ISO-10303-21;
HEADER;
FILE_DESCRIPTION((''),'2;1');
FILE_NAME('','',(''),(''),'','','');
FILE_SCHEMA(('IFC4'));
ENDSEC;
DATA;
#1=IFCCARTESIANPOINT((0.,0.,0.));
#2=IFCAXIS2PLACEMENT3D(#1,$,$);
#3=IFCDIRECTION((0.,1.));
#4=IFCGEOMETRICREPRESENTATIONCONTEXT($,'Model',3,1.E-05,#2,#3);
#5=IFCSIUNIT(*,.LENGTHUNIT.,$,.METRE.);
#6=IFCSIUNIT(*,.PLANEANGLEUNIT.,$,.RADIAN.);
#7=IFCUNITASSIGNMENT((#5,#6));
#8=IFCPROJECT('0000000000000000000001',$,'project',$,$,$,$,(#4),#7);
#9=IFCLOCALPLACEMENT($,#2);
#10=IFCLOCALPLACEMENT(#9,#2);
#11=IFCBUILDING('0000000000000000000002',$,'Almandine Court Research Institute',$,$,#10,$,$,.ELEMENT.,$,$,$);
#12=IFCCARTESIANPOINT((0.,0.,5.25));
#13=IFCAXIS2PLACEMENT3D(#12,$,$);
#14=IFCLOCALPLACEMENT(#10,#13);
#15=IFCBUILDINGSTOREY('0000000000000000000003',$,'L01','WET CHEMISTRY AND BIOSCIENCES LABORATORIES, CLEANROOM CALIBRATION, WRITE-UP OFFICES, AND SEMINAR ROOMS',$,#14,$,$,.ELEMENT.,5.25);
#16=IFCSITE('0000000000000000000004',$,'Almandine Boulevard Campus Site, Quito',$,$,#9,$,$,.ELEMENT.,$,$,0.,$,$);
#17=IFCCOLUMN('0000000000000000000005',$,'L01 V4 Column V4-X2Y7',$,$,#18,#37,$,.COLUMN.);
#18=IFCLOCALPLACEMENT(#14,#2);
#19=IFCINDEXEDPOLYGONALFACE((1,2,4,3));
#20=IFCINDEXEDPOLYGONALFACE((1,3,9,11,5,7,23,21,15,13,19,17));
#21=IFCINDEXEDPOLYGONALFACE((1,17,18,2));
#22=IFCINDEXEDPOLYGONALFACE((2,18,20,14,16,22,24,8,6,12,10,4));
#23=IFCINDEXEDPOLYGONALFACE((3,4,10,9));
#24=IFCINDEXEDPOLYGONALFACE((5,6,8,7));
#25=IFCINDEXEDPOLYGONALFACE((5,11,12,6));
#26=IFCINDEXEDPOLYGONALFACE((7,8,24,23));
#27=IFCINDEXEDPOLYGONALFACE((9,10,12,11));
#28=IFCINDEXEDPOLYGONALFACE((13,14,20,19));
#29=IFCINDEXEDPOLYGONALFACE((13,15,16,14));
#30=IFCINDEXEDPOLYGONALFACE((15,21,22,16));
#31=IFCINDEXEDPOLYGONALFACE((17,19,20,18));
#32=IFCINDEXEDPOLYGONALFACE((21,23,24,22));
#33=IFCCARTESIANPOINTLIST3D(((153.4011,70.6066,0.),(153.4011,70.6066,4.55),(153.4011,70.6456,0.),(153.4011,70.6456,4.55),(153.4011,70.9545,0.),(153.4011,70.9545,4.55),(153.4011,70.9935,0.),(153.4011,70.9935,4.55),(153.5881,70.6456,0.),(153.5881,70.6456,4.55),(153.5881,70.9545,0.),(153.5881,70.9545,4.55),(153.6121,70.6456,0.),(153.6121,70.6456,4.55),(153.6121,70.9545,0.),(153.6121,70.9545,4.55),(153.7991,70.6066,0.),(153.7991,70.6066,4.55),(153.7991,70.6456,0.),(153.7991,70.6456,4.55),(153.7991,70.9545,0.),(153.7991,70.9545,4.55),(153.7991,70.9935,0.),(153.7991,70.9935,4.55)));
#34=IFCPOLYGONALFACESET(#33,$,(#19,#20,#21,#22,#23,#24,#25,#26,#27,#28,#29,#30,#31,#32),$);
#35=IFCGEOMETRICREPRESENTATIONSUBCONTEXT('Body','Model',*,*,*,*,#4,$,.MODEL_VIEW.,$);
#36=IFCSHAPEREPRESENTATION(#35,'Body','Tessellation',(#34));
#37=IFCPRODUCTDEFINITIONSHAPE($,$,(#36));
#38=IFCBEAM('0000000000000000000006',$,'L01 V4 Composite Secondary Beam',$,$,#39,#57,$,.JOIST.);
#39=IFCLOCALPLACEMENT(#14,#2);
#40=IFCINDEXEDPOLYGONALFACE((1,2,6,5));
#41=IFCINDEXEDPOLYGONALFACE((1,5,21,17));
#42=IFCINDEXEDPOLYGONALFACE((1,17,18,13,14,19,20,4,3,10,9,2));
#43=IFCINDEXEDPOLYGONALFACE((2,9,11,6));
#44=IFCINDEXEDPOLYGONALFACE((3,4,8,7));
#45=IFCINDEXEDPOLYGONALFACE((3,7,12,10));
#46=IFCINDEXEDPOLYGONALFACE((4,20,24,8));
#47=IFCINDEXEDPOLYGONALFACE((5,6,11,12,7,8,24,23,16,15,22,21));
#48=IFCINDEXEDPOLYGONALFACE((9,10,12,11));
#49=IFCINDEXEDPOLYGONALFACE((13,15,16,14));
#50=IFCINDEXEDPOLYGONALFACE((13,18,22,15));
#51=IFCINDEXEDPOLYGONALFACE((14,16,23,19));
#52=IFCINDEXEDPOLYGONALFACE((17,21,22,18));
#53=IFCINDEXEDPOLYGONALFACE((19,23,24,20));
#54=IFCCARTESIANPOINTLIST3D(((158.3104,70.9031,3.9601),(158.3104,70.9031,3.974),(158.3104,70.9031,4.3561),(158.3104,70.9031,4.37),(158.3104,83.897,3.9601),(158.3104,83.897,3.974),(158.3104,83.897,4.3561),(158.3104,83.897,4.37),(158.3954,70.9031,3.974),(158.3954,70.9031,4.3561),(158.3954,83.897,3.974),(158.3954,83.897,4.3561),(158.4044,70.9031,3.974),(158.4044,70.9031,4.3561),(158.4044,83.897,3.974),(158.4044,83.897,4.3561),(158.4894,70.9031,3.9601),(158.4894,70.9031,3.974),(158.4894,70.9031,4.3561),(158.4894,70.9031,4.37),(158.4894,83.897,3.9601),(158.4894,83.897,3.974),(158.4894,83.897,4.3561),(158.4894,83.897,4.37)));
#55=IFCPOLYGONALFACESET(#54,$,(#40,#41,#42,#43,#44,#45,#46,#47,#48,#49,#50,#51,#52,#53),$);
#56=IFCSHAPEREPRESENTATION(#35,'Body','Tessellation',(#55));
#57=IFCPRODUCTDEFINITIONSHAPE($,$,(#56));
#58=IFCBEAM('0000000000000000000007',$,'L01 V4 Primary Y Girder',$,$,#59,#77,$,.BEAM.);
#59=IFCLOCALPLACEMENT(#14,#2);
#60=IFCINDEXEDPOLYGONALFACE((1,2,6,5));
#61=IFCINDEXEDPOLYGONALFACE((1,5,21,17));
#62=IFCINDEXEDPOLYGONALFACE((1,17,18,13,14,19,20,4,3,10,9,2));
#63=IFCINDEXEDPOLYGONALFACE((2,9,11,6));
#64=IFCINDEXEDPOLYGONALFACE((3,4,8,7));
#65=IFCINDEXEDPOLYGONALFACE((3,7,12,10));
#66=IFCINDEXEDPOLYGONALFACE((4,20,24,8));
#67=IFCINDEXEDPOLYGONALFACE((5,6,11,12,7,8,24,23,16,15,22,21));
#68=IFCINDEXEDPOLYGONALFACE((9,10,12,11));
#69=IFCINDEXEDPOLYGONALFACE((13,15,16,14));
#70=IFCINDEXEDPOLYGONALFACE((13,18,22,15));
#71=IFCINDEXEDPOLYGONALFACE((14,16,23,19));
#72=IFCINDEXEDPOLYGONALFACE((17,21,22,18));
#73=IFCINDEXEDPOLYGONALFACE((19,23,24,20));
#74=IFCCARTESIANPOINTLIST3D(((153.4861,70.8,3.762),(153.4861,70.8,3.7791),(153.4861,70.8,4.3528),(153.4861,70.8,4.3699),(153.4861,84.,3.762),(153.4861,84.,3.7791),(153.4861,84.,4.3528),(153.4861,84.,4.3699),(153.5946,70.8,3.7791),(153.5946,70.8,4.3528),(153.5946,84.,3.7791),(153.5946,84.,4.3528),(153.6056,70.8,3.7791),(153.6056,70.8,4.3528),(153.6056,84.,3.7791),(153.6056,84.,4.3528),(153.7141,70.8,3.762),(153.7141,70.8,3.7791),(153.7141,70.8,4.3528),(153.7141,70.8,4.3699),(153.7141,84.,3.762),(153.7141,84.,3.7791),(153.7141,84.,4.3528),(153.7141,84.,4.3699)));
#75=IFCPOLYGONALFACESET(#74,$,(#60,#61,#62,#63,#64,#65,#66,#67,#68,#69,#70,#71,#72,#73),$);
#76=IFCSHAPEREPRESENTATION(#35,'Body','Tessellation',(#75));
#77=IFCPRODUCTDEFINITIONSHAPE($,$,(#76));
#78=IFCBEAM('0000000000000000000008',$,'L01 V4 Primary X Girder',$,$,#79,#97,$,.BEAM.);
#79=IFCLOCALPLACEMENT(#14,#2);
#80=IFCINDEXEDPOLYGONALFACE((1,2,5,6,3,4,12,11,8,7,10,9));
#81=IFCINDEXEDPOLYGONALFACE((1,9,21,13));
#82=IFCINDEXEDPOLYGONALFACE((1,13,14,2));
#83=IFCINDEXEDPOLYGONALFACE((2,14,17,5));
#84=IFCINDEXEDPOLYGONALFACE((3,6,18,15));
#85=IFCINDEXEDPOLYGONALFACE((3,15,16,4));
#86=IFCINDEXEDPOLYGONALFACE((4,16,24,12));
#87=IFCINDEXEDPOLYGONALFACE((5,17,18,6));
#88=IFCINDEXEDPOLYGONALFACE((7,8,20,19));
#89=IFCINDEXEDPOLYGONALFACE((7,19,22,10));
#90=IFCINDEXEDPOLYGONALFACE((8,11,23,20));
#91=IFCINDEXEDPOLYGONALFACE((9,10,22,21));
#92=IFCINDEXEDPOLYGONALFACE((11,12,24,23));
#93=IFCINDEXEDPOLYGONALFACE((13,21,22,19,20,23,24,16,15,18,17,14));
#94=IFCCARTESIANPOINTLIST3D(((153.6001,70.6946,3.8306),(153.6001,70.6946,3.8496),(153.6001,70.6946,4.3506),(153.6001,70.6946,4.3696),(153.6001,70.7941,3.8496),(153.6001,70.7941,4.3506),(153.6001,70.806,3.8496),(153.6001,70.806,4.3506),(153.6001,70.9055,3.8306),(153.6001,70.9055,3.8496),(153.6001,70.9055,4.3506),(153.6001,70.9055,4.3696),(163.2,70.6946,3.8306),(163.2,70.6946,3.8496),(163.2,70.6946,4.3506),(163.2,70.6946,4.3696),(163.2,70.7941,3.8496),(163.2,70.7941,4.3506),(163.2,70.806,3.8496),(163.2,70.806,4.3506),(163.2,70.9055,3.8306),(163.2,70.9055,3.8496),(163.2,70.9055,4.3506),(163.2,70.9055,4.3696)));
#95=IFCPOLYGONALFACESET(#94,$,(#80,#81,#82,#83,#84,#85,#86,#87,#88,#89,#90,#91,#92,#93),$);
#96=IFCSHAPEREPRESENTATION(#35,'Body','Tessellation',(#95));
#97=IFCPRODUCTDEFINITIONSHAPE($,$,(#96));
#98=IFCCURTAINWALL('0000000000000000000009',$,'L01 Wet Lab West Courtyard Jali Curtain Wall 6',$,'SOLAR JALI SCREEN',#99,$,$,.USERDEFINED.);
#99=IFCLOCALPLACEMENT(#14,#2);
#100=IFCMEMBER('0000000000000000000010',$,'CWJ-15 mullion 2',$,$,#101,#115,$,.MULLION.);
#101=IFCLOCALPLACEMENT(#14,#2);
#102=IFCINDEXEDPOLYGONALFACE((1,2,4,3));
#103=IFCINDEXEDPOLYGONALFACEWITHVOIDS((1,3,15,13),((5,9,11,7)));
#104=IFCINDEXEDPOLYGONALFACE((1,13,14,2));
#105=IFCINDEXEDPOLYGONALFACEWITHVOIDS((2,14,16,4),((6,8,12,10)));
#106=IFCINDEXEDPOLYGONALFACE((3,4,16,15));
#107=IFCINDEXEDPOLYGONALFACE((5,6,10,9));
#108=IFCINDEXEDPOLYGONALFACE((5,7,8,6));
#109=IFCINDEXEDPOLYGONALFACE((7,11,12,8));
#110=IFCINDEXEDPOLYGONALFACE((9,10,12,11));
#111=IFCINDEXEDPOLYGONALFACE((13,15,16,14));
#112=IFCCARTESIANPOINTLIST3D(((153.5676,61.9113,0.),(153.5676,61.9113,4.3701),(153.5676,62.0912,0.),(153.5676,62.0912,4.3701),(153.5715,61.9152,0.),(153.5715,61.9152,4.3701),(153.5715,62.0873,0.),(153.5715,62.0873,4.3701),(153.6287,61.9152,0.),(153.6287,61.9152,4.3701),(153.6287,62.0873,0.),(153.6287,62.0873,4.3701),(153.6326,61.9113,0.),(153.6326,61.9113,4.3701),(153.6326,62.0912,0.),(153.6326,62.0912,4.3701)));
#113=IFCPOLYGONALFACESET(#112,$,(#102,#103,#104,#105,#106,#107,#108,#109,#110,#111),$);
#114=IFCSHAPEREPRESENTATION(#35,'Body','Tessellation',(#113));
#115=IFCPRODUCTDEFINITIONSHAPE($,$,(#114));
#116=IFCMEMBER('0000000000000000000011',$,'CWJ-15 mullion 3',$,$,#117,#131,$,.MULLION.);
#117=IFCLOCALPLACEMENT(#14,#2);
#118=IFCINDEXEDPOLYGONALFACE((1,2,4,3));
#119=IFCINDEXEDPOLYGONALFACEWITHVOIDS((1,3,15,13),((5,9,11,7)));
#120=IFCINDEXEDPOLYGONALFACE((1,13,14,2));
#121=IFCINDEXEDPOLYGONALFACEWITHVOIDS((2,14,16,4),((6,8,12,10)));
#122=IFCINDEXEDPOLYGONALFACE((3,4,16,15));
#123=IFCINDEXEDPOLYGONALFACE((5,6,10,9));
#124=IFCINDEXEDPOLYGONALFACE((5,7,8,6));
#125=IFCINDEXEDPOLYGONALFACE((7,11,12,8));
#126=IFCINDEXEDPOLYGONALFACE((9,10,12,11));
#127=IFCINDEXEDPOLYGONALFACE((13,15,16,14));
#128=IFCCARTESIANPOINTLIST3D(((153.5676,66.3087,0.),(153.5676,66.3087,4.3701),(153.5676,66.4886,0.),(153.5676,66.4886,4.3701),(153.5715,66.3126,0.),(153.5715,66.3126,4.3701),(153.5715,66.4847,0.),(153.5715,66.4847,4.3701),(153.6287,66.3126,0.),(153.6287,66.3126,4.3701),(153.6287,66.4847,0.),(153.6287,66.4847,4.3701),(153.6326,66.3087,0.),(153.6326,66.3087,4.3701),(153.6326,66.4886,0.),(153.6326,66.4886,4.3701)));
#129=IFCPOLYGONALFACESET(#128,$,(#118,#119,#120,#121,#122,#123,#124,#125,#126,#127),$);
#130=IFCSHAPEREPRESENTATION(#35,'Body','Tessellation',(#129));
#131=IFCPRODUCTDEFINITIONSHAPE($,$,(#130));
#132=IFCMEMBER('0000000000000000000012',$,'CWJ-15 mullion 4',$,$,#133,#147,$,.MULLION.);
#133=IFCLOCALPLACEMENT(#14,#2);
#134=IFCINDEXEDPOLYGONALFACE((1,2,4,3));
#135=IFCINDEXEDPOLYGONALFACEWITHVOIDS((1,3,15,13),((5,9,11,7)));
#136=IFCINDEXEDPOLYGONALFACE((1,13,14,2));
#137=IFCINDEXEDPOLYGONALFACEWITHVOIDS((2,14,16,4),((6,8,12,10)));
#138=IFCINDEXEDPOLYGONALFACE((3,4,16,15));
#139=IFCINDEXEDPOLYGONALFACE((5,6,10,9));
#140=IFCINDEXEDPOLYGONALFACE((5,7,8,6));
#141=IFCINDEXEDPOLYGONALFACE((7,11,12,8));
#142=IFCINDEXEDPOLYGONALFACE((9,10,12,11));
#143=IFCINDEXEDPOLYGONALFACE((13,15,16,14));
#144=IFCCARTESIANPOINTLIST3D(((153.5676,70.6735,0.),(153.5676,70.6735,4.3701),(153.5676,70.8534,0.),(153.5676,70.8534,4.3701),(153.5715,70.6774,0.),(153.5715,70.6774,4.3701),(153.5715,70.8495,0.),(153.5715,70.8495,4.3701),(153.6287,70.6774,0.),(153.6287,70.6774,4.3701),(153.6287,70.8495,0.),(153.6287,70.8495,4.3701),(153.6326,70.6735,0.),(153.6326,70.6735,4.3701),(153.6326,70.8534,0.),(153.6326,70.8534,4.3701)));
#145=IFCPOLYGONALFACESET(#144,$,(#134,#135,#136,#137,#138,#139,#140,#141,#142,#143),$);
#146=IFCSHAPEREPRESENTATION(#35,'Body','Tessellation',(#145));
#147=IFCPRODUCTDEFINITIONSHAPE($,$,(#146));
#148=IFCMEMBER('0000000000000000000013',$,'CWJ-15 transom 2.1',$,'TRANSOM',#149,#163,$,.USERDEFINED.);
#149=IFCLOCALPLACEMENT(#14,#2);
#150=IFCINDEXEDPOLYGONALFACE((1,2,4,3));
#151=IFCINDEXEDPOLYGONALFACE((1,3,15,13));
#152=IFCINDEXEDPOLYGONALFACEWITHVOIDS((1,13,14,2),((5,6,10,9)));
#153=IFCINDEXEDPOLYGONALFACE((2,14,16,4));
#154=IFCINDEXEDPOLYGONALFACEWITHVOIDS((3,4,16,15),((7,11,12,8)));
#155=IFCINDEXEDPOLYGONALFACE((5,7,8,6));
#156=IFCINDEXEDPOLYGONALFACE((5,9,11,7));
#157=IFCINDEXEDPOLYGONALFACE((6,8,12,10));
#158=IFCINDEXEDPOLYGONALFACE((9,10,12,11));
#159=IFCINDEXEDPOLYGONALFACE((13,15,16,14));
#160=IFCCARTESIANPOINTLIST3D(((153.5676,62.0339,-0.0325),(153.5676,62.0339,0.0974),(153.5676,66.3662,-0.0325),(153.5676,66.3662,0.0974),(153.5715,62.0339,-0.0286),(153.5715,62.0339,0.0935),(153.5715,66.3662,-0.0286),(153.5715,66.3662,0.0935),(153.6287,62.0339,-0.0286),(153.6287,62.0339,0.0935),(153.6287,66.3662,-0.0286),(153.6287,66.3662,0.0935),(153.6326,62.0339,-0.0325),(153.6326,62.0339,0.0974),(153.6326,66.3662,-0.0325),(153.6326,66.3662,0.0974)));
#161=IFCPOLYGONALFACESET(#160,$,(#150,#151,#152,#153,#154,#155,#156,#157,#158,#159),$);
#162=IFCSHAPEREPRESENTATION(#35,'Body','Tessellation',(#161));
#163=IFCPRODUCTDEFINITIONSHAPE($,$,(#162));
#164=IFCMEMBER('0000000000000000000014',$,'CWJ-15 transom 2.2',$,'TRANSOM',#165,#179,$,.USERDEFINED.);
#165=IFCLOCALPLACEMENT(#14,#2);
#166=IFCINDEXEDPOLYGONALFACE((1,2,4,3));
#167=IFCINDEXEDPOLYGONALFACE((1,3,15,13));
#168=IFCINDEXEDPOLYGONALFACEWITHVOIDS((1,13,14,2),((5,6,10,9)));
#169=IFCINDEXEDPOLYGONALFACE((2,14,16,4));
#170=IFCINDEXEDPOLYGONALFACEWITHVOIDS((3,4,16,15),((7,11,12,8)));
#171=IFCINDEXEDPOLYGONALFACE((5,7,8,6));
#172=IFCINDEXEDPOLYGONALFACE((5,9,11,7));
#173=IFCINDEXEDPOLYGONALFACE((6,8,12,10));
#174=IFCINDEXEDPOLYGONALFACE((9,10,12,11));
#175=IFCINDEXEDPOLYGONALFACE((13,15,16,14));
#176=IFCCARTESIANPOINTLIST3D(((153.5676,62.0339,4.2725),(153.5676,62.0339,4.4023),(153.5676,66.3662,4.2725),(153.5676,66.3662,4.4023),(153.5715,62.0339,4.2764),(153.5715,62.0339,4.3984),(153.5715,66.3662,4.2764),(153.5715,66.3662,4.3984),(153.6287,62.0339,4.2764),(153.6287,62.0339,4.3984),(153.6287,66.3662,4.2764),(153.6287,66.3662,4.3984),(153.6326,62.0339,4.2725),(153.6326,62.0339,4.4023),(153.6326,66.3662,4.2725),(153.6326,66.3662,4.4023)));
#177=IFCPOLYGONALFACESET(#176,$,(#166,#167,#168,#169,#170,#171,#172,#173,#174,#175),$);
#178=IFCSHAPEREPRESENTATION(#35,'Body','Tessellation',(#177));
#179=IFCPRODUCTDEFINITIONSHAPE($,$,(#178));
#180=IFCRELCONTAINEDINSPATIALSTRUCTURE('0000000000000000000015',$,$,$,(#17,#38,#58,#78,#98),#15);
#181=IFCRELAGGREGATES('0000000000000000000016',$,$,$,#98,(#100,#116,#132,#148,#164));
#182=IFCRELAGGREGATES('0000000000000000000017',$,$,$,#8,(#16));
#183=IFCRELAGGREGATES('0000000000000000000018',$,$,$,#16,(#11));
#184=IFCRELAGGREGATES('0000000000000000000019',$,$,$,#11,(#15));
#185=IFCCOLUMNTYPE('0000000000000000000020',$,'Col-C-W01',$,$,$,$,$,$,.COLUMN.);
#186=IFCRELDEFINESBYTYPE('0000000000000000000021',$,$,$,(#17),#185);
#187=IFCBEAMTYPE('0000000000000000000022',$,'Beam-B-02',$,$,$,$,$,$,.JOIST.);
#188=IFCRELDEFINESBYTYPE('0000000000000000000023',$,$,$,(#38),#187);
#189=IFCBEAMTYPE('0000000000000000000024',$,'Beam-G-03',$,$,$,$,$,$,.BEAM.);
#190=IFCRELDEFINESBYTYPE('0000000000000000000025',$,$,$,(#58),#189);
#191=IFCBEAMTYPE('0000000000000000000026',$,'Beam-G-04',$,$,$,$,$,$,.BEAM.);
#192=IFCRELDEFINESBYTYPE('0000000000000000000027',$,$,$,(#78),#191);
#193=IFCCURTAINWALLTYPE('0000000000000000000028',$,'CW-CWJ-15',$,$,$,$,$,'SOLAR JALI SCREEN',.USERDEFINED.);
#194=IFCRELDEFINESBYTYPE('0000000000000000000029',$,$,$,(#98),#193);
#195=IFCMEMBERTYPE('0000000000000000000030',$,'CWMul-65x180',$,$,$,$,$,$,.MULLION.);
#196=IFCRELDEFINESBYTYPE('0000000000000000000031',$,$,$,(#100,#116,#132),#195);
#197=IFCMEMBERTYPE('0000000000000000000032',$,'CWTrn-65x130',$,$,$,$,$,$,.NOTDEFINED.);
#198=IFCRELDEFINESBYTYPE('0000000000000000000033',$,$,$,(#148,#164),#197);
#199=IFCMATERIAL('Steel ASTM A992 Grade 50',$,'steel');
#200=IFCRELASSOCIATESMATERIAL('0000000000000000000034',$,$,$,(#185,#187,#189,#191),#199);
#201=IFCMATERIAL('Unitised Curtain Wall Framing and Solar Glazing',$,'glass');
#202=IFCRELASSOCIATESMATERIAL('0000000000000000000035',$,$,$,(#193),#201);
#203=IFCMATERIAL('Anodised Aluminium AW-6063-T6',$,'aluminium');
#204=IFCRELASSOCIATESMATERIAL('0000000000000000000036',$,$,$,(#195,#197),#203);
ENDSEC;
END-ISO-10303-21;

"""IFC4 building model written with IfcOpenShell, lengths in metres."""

from ifc_helpers import new_model, si_unit, direction, frame, origin, origin_2d, place, context, subcontext, project, spatial, hollow_rectangle, i_section, extrude, material, material_profile, profile_set, type_object, element, aggregate, save


model = new_model("IFC4")

# Units and contexts
model_context = context("Model", 3, precision=1e-05, world=origin(), true_north=direction((0.0, 1.0)))
body_context = subcontext(model_context, "Body", "Model", "MODEL_VIEW")
ifc_project = project(units=[si_unit("LENGTHUNIT", "METRE"), si_unit("PLANEANGLEUNIT", "RADIAN")], contexts=[model_context])

# Site, building, storey
site_placement = place(None, origin())
site = spatial("IfcSite", under=ifc_project, at=site_placement, Name="Almandine Boulevard Campus Site, Quito", CompositionType="ELEMENT", RefElevation=0.0)
building_placement = place(site_placement, origin())
building = spatial("IfcBuilding", under=site, at=building_placement, Name="Almandine Court Research Institute", CompositionType="ELEMENT")
storey_placement = place(building_placement, frame((0.0, 0.0, 5.25)))
storey = spatial("IfcBuildingStorey", under=building, at=storey_placement, Name="L01", Description="WET CHEMISTRY AND BIOSCIENCES LABORATORIES, CLEANROOM CALIBRATION, WRITE-UP OFFICES, AND SEMINAR ROOMS", CompositionType="ELEMENT", Elevation=5.25)

# Column
ifc_material_1 = material(Name="Steel ASTM A992 Grade 50", Category="steel")
ifc_material_profile_1 = material_profile(ifc_material_1, i_section(OverallWidth=0.3979, OverallDepth=0.387, WebThickness=0.0239, FlangeThickness=0.0391, at=origin_2d()), Name="W360x262")
ifc_profile_set_1 = profile_set([ifc_material_profile_1], Name="Steel ASTM A992 Grade 50")
column_type = type_object("IfcColumnType", Name="Col-C-W01", PredefinedType="COLUMN", material=ifc_profile_set_1)
column_placement = place(storey_placement, frame((153.6001, 70.8, 0.0), z_axis=(0.0, 0.0, 1.0), x_axis=(1.0, 0.0, 0.0)))
element("IfcColumn", 1, at=column_placement, inside=storey, type_object=column_type, Name="L01 V4 Column V4-X2Y7", PredefinedType="COLUMN", context=body_context, shape_type="SweptSolid", body=[
    extrude(i_section(OverallWidth=0.3979, OverallDepth=0.387, WebThickness=0.0239, FlangeThickness=0.0391, at=origin_2d()), origin(), (0.0, 0.0, 1.0), 4.55),
])

# Beams
ifc_material_profile_2 = material_profile(ifc_material_1, i_section(OverallWidth=0.179, OverallDepth=0.4099, WebThickness=0.009, FlangeThickness=0.0139, at=origin_2d()), Name="W410x67")
ifc_profile_set_2 = profile_set([ifc_material_profile_2], Name="Steel ASTM A992 Grade 50")
beam_type_1 = type_object("IfcBeamType", Name="Beam-B-02", PredefinedType="JOIST", material=ifc_profile_set_2)
beam_1_placement = place(storey_placement, frame((158.3999, 70.9031, 4.165), z_axis=(0.0, 1.0, 0.0), x_axis=(-1.0, 0.0, 0.0)))
element("IfcBeam", 2, at=beam_1_placement, inside=storey, type_object=beam_type_1, Name="L01 V4 Composite Secondary Beam", PredefinedType="JOIST", context=body_context, shape_type="SweptSolid", body=[
    extrude(i_section(OverallWidth=0.179, OverallDepth=0.4099, WebThickness=0.009, FlangeThickness=0.0139, at=origin_2d()), origin(), (0.0, 0.0, 1.0), 12.9939),
])
ifc_material_profile_3 = material_profile(ifc_material_1, i_section(OverallWidth=0.228, OverallDepth=0.6079, WebThickness=0.011, FlangeThickness=0.0171, at=origin_2d()), Name="W610x113")
ifc_profile_set_3 = profile_set([ifc_material_profile_3], Name="Steel ASTM A992 Grade 50")
beam_type_2 = type_object("IfcBeamType", Name="Beam-G-03", PredefinedType="BEAM", material=ifc_profile_set_3)
beam_2_placement = place(storey_placement, frame((153.6001, 70.8, 4.0659), z_axis=(0.0, 1.0, 0.0), x_axis=(-1.0, 0.0, 0.0)))
element("IfcBeam", 3, at=beam_2_placement, inside=storey, type_object=beam_type_2, Name="L01 V4 Primary Y Girder", PredefinedType="BEAM", context=body_context, shape_type="SweptSolid", body=[
    extrude(i_section(OverallWidth=0.228, OverallDepth=0.6079, WebThickness=0.011, FlangeThickness=0.0171, at=origin_2d()), origin(), (0.0, 0.0, 1.0), 13.2),
])
ifc_material_profile_4 = material_profile(ifc_material_1, i_section(OverallWidth=0.2109, OverallDepth=0.5391, WebThickness=0.012, FlangeThickness=0.019, at=origin_2d()), Name="W530x109")
ifc_profile_set_4 = profile_set([ifc_material_profile_4], Name="Steel ASTM A992 Grade 50")
beam_type_3 = type_object("IfcBeamType", Name="Beam-G-04", PredefinedType="BEAM", material=ifc_profile_set_4)
beam_3_placement = place(storey_placement, frame((153.6001, 70.8, 4.1001), z_axis=(1.0, 0.0, 0.0), x_axis=(0.0, 1.0, 0.0)))
element("IfcBeam", 4, at=beam_3_placement, inside=storey, type_object=beam_type_3, Name="L01 V4 Primary X Girder", PredefinedType="BEAM", context=body_context, shape_type="SweptSolid", body=[
    extrude(i_section(OverallWidth=0.2109, OverallDepth=0.5391, WebThickness=0.012, FlangeThickness=0.019, at=origin_2d()), origin(), (0.0, 0.0, 1.0), 9.5999),
])

# Curtain wall, members
ifc_material_2 = material(Name="Unitised Curtain Wall Framing and Solar Glazing", Category="glass")
curtain_wall_type = type_object("IfcCurtainWallType", Name="CW-CWJ-15", ElementType="SOLAR JALI SCREEN", PredefinedType="USERDEFINED", material=ifc_material_2)
curtain_wall_placement = place(storey_placement, origin())
curtain_wall = element("IfcCurtainWall", 5, at=curtain_wall_placement, inside=storey, type_object=curtain_wall_type, Name="L01 Wet Lab West Courtyard Jali Curtain Wall 6", ObjectType="SOLAR JALI SCREEN", PredefinedType="USERDEFINED")
ifc_material_3 = material(Name="Anodised Aluminium AW-6063-T6", Category="aluminium")
ifc_material_profile_5 = material_profile(ifc_material_3, hollow_rectangle(XDim=0.0649, YDim=0.1799, WallThickness=0.0039, at=origin_2d()), Name="ALU RHS 65x180x4")
ifc_profile_set_5 = profile_set([ifc_material_profile_5], Name="Anodised Aluminium AW-6063-T6")
member_type_1 = type_object("IfcMemberType", Name="CWMul-65x180", PredefinedType="MULLION", material=ifc_profile_set_5)
member_1_placement = place(storey_placement, frame((153.6001, 62.0012, 0.0), z_axis=(0.0, 0.0, 1.0), x_axis=(-1.0, 0.0, 0.0)))
member_1 = element("IfcMember", 6, at=member_1_placement, type_object=member_type_1, Name="CWJ-15 mullion 2", PredefinedType="MULLION", context=body_context, shape_type="SweptSolid", body=[
    extrude(hollow_rectangle(XDim=0.0649, YDim=0.1799, WallThickness=0.0039, at=origin_2d()), origin(), (0.0, 0.0, 1.0), 4.3701),
])
member_2_placement = place(storey_placement, frame((153.6001, 66.3987, 0.0), z_axis=(0.0, 0.0, 1.0), x_axis=(-1.0, 0.0, 0.0)))
member_2 = element("IfcMember", 7, at=member_2_placement, type_object=member_type_1, Name="CWJ-15 mullion 3", PredefinedType="MULLION", context=body_context, shape_type="SweptSolid", body=[
    extrude(hollow_rectangle(XDim=0.0649, YDim=0.1799, WallThickness=0.0039, at=origin_2d()), origin(), (0.0, 0.0, 1.0), 4.3701),
])
member_3_placement = place(storey_placement, frame((153.6001, 70.7634, 0.0), z_axis=(0.0, 0.0, 1.0), x_axis=(-1.0, 0.0, 0.0)))
member_3 = element("IfcMember", 8, at=member_3_placement, type_object=member_type_1, Name="CWJ-15 mullion 4", PredefinedType="MULLION", context=body_context, shape_type="SweptSolid", body=[
    extrude(hollow_rectangle(XDim=0.0649, YDim=0.1799, WallThickness=0.0039, at=origin_2d()), origin(), (0.0, 0.0, 1.0), 4.3701),
])
ifc_material_profile_6 = material_profile(ifc_material_3, hollow_rectangle(XDim=0.0649, YDim=0.1299, WallThickness=0.0039, at=origin_2d()), Name="ALU RHS 65x130x4")
ifc_profile_set_6 = profile_set([ifc_material_profile_6], Name="Anodised Aluminium AW-6063-T6")
member_type_2 = type_object("IfcMemberType", Name="CWTrn-65x130", PredefinedType="NOTDEFINED", material=ifc_profile_set_6)
member_4_placement = place(storey_placement, frame((153.6001, 62.0339, 0.0325), z_axis=(0.0, 1.0, 0.0), x_axis=(-1.0, 0.0, 0.0)))
member_4 = element("IfcMember", 9, at=member_4_placement, type_object=member_type_2, Name="CWJ-15 transom 2.1", ObjectType="TRANSOM", PredefinedType="USERDEFINED", context=body_context, shape_type="SweptSolid", body=[
    extrude(hollow_rectangle(XDim=0.0649, YDim=0.1299, WallThickness=0.0039, at=origin_2d()), origin(), (0.0, 0.0, 1.0), 4.3323),
])
member_5_placement = place(storey_placement, frame((153.6001, 62.0339, 4.3374), z_axis=(0.0, 1.0, 0.0), x_axis=(-1.0, 0.0, 0.0)))
member_5 = element("IfcMember", 10, at=member_5_placement, type_object=member_type_2, Name="CWJ-15 transom 2.2", ObjectType="TRANSOM", PredefinedType="USERDEFINED", context=body_context, shape_type="SweptSolid", body=[
    extrude(hollow_rectangle(XDim=0.0649, YDim=0.1299, WallThickness=0.0039, at=origin_2d()), origin(), (0.0, 0.0, 1.0), 4.3323),
])
aggregate(curtain_wall, [member_1, member_2, member_3, member_4, member_5])

save(model, "model.ifc")
